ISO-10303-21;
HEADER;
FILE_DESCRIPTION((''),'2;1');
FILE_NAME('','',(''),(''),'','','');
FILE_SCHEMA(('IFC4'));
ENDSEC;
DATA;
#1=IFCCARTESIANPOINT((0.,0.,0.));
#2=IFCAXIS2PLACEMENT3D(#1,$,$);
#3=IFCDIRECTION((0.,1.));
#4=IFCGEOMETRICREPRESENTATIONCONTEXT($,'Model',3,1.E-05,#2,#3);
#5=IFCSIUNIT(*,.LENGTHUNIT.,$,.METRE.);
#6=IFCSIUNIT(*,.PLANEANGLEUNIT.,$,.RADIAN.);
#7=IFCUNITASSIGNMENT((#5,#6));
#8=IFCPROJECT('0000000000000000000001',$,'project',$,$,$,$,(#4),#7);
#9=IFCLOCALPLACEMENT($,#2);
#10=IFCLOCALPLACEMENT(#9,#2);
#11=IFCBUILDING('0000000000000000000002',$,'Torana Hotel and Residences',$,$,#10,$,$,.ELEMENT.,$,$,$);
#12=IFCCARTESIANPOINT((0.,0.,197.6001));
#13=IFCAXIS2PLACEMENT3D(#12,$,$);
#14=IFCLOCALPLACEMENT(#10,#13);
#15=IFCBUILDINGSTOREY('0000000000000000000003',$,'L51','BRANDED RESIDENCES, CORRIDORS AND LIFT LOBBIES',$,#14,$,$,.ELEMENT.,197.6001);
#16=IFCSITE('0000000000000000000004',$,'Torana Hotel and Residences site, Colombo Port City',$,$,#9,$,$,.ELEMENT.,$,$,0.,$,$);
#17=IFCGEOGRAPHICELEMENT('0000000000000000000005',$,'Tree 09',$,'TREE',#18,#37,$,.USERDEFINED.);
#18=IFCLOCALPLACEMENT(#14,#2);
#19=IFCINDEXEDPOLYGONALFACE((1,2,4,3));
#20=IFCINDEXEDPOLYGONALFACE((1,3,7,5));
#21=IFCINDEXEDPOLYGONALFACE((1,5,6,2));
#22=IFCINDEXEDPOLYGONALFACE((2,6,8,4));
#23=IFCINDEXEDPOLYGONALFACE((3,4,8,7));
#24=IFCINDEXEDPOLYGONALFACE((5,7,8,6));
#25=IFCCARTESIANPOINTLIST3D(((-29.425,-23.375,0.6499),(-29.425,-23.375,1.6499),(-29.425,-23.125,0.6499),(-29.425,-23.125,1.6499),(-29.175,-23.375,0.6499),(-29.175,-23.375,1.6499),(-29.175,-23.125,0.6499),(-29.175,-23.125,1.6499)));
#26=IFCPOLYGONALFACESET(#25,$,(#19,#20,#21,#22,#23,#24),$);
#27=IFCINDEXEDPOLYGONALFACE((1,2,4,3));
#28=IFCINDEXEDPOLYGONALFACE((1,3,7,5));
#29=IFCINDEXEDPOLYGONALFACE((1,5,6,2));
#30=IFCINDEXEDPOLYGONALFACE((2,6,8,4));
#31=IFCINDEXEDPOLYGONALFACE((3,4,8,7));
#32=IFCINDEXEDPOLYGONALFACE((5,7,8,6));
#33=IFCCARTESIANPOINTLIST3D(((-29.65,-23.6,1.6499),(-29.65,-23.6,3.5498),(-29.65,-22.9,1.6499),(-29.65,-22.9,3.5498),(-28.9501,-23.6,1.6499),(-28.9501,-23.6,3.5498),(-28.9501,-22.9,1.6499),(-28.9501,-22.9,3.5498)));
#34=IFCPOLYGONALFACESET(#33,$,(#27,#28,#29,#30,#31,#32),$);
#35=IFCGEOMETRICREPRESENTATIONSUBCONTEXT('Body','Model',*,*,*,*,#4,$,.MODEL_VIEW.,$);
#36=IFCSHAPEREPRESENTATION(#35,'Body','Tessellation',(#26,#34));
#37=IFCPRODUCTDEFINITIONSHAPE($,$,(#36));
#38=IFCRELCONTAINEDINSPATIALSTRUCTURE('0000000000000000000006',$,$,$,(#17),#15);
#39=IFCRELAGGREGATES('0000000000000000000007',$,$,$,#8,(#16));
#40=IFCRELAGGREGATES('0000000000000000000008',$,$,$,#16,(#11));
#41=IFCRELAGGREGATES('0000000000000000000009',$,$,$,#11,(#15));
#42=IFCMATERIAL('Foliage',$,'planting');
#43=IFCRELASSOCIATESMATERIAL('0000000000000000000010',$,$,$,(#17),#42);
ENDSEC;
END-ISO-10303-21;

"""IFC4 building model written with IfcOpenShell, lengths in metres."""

from ifc_helpers import new_model, si_unit, direction, frame, origin, origin_2d, place, context, subcontext, project, spatial, rectangle, extrude, material, element, save


model = new_model("IFC4")

# Units and contexts
model_context = context("Model", 3, precision=1e-05, world=origin(), true_north=direction((0.0, 1.0)))
body_context = subcontext(model_context, "Body", "Model", "MODEL_VIEW")
ifc_project = project(units=[si_unit("LENGTHUNIT", "METRE"), si_unit("PLANEANGLEUNIT", "RADIAN")], contexts=[model_context])

# Site, building, storey
site_placement = place(None, origin())
site = spatial("IfcSite", under=ifc_project, at=site_placement, Name="Torana Hotel and Residences site, Colombo Port City", CompositionType="ELEMENT", RefElevation=0.0)
building_placement = place(site_placement, origin())
building = spatial("IfcBuilding", under=site, at=building_placement, Name="Torana Hotel and Residences", CompositionType="ELEMENT")
storey_placement = place(building_placement, frame((0.0, 0.0, 197.6001)))
storey = spatial("IfcBuildingStorey", under=building, at=storey_placement, Name="L51", Description="BRANDED RESIDENCES, CORRIDORS AND LIFT LOBBIES", CompositionType="ELEMENT", Elevation=197.6001)

# Geographic element
ifc_material_1 = material(Name="Foliage", Category="planting")
geographic_element_placement = place(storey_placement, frame((-29.3, -23.25, 0.6499), z_axis=(0.0, 0.0, 1.0), x_axis=(1.0, 0.0, 0.0)))
element("IfcGeographicElement", 1, at=geographic_element_placement, inside=storey, material=ifc_material_1, Name="Tree 09", ObjectType="TREE", PredefinedType="USERDEFINED", context=body_context, shape_type="SweptSolid", body=[
    extrude(rectangle(XDim=0.25, YDim=0.25, at=origin_2d()), origin(), (0.0, 0.0, 1.0), 1.0),
    extrude(rectangle(XDim=0.7, YDim=0.7, at=origin_2d()), frame((0.0, 0.0, 1.0)), (0.0, 0.0, 1.0), 1.8999),
])

save(model, "model.ifc")
